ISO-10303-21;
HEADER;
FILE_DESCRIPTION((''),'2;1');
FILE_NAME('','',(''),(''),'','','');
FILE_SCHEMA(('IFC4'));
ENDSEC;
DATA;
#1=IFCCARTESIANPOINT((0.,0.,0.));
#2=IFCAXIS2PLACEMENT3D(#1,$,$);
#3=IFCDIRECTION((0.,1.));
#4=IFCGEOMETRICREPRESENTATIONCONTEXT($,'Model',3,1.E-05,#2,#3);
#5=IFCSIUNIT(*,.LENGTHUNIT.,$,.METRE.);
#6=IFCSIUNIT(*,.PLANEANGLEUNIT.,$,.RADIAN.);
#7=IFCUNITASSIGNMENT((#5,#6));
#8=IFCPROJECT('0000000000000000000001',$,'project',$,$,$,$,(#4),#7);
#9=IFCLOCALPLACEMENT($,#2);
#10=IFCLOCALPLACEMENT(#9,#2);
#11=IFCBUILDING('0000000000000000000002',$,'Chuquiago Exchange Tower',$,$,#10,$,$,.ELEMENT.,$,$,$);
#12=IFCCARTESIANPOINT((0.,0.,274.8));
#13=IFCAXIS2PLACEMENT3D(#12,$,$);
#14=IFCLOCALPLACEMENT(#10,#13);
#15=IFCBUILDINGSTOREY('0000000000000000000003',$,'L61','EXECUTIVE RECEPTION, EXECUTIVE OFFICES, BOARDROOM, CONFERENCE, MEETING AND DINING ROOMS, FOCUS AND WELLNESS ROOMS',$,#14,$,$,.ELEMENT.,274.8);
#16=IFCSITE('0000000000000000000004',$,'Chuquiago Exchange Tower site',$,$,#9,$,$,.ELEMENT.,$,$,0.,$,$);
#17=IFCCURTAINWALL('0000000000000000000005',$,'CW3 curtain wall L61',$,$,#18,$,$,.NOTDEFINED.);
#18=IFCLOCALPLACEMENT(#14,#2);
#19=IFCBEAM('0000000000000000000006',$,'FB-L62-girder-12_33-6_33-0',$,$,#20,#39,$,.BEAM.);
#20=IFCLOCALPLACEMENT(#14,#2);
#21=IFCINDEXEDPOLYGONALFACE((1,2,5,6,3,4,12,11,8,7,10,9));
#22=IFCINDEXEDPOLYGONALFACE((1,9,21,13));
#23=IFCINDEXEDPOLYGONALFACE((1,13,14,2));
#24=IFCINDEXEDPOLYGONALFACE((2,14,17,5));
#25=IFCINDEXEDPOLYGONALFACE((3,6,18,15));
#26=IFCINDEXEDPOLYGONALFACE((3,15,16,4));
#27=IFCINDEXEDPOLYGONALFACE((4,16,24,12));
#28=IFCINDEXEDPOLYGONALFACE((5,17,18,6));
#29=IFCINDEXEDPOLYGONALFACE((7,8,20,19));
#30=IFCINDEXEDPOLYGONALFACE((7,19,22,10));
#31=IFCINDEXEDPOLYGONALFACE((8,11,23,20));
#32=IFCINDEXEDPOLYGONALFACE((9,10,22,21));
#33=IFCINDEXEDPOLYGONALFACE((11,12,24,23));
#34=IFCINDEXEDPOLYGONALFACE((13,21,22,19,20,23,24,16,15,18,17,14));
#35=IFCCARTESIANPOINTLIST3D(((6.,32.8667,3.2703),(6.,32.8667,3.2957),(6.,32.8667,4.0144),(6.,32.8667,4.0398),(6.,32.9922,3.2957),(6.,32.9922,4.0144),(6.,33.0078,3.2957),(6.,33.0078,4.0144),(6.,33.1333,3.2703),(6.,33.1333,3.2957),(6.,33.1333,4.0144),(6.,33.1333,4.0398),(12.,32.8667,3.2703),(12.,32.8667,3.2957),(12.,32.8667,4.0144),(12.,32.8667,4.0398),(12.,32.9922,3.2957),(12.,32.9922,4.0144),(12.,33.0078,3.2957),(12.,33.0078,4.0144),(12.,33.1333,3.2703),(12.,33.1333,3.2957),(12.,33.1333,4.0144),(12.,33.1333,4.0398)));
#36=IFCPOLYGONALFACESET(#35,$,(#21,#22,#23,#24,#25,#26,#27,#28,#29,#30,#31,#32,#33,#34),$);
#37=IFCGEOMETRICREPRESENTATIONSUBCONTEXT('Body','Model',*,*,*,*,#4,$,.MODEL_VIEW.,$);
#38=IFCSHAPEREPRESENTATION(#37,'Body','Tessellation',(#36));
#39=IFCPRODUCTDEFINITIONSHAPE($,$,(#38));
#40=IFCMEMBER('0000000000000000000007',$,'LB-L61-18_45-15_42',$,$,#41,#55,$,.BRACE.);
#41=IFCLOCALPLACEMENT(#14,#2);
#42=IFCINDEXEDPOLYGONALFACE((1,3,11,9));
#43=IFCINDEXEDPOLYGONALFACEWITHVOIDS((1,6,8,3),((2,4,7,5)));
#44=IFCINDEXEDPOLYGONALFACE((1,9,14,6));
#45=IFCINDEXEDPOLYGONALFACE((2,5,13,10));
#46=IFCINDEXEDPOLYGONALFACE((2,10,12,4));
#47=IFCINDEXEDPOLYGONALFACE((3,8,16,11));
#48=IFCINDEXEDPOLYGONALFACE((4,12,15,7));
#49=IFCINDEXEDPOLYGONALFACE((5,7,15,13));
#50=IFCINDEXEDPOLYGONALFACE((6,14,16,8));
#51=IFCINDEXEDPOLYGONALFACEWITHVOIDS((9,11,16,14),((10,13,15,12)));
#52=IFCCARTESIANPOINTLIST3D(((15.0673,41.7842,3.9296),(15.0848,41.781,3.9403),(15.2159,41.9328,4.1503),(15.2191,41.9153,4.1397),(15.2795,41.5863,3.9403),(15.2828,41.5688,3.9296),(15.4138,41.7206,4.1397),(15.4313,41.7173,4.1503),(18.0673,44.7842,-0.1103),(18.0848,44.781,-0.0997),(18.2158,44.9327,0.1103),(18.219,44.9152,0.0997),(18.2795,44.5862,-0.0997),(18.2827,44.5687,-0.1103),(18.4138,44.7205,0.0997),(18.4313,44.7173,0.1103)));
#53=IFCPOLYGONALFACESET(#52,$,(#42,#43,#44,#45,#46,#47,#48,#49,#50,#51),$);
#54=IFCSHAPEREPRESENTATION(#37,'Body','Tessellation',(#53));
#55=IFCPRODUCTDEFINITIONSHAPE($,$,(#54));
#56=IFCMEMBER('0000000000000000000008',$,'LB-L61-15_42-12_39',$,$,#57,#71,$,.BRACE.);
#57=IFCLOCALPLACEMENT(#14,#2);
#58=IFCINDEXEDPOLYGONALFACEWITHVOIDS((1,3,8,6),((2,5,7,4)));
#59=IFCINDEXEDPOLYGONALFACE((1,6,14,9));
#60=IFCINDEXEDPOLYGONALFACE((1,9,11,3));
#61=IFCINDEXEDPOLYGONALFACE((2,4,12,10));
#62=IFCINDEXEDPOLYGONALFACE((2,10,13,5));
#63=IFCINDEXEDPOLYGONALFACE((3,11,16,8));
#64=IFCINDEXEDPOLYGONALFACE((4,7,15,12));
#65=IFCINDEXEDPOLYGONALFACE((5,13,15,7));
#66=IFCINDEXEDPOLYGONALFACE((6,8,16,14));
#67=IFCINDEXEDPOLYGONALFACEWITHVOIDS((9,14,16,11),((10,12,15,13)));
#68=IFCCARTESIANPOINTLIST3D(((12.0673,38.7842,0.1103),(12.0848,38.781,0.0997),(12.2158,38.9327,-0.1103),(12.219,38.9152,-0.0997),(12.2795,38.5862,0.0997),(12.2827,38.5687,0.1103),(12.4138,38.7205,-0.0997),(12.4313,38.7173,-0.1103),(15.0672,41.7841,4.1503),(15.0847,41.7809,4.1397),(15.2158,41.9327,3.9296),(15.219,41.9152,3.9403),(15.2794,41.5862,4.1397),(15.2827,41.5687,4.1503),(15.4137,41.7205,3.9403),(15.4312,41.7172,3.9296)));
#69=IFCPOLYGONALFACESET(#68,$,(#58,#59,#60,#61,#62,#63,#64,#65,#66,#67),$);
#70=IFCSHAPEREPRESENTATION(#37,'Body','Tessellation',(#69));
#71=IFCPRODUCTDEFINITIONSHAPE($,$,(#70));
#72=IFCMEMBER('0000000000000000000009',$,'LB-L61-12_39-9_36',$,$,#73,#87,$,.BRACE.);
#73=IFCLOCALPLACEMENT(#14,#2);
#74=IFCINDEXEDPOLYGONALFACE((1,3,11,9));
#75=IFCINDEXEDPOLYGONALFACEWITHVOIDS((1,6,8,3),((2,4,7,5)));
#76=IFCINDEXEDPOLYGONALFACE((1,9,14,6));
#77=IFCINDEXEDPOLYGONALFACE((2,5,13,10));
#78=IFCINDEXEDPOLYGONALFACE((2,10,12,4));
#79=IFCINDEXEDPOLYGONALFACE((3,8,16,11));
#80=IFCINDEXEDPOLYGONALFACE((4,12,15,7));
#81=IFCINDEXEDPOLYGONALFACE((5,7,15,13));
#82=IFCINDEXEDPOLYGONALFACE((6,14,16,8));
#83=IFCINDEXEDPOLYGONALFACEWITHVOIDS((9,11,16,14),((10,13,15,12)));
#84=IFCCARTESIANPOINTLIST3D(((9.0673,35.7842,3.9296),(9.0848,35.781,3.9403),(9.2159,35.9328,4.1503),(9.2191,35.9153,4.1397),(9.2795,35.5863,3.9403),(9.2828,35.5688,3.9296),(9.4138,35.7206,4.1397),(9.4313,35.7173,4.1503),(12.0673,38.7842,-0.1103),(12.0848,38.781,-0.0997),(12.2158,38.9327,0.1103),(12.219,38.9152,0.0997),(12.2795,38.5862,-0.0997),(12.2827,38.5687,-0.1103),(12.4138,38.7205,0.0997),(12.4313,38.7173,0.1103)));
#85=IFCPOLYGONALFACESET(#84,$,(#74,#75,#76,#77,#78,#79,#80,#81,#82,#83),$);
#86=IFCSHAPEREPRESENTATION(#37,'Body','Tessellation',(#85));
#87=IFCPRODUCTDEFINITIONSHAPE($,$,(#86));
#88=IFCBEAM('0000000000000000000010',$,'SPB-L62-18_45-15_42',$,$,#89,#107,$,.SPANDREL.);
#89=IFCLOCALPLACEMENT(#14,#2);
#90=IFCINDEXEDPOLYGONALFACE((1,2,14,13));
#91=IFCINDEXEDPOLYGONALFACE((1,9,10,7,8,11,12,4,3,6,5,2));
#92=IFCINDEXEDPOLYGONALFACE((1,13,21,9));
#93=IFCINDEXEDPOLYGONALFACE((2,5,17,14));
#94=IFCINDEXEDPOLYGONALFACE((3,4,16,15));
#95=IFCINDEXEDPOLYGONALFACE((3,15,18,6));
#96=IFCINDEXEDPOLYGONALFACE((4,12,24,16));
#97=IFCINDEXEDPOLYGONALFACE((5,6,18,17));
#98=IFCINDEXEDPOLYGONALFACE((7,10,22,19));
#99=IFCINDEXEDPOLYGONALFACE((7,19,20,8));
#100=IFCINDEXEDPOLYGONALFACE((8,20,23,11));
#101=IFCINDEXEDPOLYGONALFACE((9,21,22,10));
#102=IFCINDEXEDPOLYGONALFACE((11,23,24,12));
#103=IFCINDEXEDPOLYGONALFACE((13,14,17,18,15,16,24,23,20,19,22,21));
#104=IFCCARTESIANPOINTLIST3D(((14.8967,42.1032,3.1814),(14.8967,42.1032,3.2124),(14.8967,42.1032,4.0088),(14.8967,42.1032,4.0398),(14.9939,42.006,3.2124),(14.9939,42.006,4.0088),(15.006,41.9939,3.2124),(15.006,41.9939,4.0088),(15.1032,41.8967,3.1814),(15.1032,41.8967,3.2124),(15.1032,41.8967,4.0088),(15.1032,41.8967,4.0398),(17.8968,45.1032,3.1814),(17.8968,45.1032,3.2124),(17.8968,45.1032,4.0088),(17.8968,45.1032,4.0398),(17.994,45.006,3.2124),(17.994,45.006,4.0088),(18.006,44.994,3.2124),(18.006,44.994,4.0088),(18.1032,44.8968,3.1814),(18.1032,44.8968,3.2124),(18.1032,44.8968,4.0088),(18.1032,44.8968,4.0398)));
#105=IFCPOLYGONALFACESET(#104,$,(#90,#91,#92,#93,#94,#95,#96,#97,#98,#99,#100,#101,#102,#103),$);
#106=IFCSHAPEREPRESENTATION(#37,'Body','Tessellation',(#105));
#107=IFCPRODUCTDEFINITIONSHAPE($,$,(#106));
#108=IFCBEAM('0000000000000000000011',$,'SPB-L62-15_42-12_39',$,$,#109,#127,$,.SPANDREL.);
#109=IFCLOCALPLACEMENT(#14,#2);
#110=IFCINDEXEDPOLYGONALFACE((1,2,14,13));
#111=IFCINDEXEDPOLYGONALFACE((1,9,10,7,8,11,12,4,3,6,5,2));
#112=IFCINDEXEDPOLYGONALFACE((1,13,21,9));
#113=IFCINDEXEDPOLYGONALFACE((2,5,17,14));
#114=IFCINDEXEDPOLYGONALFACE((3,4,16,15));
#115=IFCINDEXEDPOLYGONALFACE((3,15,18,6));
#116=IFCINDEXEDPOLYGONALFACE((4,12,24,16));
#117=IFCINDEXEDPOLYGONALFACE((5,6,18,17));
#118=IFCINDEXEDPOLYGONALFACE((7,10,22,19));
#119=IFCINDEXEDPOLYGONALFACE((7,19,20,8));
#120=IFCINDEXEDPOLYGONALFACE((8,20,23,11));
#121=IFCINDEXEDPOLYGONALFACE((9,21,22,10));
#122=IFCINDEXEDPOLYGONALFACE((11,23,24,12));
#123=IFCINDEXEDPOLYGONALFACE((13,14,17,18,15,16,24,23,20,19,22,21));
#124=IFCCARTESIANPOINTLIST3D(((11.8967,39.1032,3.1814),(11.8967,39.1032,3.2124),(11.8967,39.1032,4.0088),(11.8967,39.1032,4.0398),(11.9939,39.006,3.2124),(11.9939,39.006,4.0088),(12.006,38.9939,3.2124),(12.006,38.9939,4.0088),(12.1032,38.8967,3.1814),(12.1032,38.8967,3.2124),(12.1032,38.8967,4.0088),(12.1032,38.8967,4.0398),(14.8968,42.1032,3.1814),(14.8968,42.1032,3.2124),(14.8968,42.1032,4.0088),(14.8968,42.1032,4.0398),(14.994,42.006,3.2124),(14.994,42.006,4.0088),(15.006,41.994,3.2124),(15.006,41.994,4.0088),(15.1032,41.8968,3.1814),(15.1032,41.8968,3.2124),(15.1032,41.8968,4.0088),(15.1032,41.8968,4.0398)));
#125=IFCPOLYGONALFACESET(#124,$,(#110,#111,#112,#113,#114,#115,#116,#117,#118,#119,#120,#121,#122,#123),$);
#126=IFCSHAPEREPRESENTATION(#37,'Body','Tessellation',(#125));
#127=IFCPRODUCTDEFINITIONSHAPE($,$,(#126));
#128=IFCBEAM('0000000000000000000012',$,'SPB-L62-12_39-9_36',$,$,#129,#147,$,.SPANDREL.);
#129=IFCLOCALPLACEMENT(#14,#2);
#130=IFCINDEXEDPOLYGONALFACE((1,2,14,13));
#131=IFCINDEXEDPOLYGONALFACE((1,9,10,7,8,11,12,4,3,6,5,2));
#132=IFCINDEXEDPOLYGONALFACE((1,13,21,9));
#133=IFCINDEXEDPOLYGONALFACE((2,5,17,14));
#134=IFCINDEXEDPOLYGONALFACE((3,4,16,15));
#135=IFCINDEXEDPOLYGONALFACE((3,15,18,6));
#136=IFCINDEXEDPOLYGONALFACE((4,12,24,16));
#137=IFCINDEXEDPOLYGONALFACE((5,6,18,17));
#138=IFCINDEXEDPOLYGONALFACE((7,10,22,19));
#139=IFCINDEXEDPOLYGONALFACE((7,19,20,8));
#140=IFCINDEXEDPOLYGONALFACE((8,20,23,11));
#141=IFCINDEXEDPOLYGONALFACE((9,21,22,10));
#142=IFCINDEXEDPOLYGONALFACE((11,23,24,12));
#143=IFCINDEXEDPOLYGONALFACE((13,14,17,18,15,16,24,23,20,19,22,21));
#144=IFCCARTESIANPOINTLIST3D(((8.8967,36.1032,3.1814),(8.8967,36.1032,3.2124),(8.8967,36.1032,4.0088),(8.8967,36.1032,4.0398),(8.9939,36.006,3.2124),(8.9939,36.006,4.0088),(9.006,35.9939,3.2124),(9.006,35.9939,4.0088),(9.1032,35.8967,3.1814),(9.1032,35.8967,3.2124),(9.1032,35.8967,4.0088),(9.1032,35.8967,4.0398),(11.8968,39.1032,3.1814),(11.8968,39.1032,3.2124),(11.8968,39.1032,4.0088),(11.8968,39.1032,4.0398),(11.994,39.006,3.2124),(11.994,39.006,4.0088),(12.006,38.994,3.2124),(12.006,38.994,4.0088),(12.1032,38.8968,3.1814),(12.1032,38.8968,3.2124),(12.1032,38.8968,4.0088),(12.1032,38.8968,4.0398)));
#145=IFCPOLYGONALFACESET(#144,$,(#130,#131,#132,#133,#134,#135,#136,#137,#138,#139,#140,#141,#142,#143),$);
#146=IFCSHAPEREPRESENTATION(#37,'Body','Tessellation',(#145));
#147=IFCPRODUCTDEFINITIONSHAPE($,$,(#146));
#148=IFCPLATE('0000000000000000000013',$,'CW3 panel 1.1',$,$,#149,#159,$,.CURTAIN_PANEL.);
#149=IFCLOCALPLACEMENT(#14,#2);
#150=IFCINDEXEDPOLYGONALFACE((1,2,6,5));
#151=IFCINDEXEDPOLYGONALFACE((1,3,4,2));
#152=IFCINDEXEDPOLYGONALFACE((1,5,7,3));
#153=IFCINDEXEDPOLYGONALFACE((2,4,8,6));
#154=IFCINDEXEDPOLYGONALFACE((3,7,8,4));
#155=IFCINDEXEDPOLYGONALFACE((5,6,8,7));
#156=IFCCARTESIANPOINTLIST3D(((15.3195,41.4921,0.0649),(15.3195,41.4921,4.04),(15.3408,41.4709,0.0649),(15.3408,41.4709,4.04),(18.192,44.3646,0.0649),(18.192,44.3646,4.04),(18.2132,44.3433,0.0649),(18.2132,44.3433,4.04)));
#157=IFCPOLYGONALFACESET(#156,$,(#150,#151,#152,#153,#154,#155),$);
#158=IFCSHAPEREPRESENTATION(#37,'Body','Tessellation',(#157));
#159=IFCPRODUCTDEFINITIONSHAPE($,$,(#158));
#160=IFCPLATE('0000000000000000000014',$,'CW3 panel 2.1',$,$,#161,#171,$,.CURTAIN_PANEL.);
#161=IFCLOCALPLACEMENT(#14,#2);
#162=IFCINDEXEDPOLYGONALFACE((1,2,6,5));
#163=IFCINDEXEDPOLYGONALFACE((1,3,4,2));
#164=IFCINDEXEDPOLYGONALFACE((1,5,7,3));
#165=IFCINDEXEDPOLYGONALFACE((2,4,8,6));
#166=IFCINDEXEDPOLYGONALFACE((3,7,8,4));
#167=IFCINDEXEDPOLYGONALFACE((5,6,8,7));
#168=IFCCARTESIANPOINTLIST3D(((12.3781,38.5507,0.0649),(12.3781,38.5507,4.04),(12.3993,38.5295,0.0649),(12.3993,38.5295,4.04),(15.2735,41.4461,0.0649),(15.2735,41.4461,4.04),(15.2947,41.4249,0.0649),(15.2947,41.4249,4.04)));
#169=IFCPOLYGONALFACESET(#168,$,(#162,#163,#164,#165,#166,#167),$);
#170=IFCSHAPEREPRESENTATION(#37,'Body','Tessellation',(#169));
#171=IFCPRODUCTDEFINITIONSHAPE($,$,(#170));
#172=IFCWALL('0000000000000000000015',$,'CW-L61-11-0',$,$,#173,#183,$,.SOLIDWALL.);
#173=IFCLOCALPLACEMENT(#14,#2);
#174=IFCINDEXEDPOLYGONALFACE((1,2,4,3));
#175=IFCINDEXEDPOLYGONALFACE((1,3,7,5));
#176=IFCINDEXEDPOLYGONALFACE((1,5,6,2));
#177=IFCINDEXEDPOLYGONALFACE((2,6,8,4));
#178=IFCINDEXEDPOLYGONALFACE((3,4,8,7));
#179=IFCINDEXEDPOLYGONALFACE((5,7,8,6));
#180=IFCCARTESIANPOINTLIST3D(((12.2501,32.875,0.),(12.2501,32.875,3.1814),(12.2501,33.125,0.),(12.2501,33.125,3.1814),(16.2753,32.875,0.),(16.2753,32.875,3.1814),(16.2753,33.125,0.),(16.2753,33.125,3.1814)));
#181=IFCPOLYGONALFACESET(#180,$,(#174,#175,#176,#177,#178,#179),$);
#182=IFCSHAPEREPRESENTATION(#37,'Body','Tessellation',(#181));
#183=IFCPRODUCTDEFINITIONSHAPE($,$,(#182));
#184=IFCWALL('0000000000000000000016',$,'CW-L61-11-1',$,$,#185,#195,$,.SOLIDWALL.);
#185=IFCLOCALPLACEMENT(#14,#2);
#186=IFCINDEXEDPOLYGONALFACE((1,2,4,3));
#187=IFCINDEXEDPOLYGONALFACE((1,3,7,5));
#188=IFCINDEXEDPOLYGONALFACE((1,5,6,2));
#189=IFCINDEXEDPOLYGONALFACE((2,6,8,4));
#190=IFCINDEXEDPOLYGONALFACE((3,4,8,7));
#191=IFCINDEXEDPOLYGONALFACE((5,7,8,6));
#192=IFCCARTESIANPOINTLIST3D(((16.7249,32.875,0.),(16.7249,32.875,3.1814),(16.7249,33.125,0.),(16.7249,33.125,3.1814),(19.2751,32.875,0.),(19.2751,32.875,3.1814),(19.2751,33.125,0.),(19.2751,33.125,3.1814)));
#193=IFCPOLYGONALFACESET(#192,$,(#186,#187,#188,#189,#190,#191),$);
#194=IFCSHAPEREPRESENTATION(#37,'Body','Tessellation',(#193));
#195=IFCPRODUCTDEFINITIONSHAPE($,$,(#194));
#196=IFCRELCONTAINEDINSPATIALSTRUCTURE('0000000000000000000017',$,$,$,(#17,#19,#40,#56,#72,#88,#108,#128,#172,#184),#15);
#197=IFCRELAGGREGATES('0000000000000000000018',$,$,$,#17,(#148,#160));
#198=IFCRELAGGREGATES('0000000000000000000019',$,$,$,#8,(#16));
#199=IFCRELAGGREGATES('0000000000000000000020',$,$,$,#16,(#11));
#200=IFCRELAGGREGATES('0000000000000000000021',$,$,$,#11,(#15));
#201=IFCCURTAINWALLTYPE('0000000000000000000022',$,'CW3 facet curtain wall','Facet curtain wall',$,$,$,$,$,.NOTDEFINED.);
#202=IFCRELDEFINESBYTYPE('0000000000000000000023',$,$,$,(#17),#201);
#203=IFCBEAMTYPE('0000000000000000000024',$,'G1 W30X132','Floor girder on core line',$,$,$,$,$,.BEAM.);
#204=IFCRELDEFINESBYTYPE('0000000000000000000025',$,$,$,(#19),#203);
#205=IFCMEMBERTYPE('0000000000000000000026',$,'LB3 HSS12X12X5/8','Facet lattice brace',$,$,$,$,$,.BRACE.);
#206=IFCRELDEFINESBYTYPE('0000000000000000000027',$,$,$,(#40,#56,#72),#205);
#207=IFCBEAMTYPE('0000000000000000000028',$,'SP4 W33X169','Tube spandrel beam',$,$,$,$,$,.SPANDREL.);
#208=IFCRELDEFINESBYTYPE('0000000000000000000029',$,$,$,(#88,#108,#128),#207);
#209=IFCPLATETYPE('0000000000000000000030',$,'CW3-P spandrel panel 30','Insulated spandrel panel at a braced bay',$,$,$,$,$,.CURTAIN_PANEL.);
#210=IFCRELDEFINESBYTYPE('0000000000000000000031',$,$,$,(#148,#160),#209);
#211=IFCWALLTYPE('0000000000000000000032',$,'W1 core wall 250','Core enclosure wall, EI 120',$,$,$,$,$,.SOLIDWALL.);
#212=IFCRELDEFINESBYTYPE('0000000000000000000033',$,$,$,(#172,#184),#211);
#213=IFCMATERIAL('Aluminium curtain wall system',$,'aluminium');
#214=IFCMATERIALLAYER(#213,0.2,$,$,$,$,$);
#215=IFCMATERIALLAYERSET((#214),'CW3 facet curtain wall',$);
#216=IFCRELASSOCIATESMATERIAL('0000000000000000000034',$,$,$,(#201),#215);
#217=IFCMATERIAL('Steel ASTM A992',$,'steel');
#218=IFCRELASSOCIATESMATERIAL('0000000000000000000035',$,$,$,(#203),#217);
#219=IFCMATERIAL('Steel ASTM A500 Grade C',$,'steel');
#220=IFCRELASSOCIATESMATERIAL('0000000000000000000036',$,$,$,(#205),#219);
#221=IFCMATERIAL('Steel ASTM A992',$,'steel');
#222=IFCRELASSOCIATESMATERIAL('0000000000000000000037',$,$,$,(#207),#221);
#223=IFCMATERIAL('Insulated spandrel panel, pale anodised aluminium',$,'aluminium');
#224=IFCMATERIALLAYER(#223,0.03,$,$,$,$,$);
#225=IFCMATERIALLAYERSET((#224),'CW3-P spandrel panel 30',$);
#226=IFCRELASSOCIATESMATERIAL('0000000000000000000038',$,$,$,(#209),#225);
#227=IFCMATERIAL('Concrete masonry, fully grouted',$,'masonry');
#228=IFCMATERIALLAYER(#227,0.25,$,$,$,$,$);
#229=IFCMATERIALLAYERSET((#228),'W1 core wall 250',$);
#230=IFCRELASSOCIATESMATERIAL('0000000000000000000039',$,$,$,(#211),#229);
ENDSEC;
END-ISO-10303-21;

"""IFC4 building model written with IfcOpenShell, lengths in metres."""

from ifc_helpers import new_model, si_unit, direction, frame, frame_2d, origin, origin_2d, place, context, subcontext, project, spatial, rectangle, hollow_rectangle, i_section, extrude, material, layer, layer_set, material_profile, profile_set, type_object, element, aggregate, save


model = new_model("IFC4")

# Units and contexts
model_context = context("Model", 3, precision=1e-05, world=origin(), true_north=direction((0.0, 1.0)))
body_context = subcontext(model_context, "Body", "Model", "MODEL_VIEW")
ifc_project = project(units=[si_unit("LENGTHUNIT", "METRE"), si_unit("PLANEANGLEUNIT", "RADIAN")], contexts=[model_context])

# Site, building, storey
site_placement = place(None, origin())
site = spatial("IfcSite", under=ifc_project, at=site_placement, Name="Chuquiago Exchange Tower site", CompositionType="ELEMENT", RefElevation=0.0)
building_placement = place(site_placement, origin())
building = spatial("IfcBuilding", under=site, at=building_placement, Name="Chuquiago Exchange Tower", CompositionType="ELEMENT")
storey_placement = place(building_placement, frame((0.0, 0.0, 274.8)))
storey = spatial("IfcBuildingStorey", under=building, at=storey_placement, Name="L61", Description="EXECUTIVE RECEPTION, EXECUTIVE OFFICES, BOARDROOM, CONFERENCE, MEETING AND DINING ROOMS, FOCUS AND WELLNESS ROOMS", CompositionType="ELEMENT", Elevation=274.8)

# Curtain wall
ifc_material_1 = material(Name="Aluminium curtain wall system", Category="aluminium")
ifc_layer_1 = layer(ifc_material_1, 0.2)
ifc_layer_set_1 = layer_set([ifc_layer_1], Name="CW3 facet curtain wall")
curtain_wall_type = type_object("IfcCurtainWallType", Name="CW3 facet curtain wall", Description="Facet curtain wall", PredefinedType="NOTDEFINED", material=ifc_layer_set_1)
curtain_wall_placement = place(storey_placement, origin())
curtain_wall = element("IfcCurtainWall", 1, at=curtain_wall_placement, inside=storey, type_object=curtain_wall_type, Name="CW3 curtain wall L61", PredefinedType="NOTDEFINED")

# Beam
ifc_material_2 = material(Name="Steel ASTM A992", Category="steel")
ifc_material_profile_1 = material_profile(ifc_material_2, i_section(OverallWidth=0.2666, OverallDepth=0.7695, WebThickness=0.0156, FlangeThickness=0.0254, at=origin_2d()), Name="W30X132")
ifc_profile_set_1 = profile_set([ifc_material_profile_1], Name="Steel ASTM A992")
beam_type_1 = type_object("IfcBeamType", Name="G1 W30X132", Description="Floor girder on core line", PredefinedType="BEAM", material=ifc_profile_set_1)
for number, where, z_axis, x_axis, name in (
    (2, (12.0, 33.0, 3.655), (-1.0, 0.0, 0.0), (0.0, -1.0, 0.0), "FB-L62-girder-12_33-6_33-0"),
):
    element("IfcBeam", number, at=place(storey_placement, frame(where, z_axis=z_axis, x_axis=x_axis)), inside=storey, type_object=beam_type_1, Name=name, PredefinedType="BEAM", context=body_context, shape_type="SweptSolid", body=[
        extrude(i_section(OverallWidth=0.2666, OverallDepth=0.7695, WebThickness=0.0156, FlangeThickness=0.0254, at=origin_2d()), origin(), (0.0, 0.0, 1.0), 6.0),
    ])

# Members
ifc_material_3 = material(Name="Steel ASTM A500 Grade C", Category="steel")
ifc_material_profile_2 = material_profile(ifc_material_3, hollow_rectangle(XDim=0.3047, YDim=0.3047, WallThickness=0.0146, at=origin_2d()), Name="HSS12X12X5/8")
ifc_profile_set_2 = profile_set([ifc_material_profile_2], Name="Steel ASTM A500 Grade C")
member_type_1 = type_object("IfcMemberType", Name="LB3 HSS12X12X5/8", Description="Facet lattice brace", PredefinedType="BRACE", material=ifc_profile_set_2)
for number, where, z_axis, x_axis, name in (
    (3, (18.2493, 44.7507, 0.0), (-0.512077, -0.512077, 0.689604), (0.707107, -0.707107, 0.0), "LB-L61-18_45-15_42"),
    (4, (12.2493, 38.7507, 0.0), (0.512077, 0.512077, 0.689604), (-0.707107, 0.707107, 0.0), "LB-L61-15_42-12_39"),
    (5, (12.2493, 38.7507, 0.0), (-0.512077, -0.512077, 0.689604), (0.707107, -0.707107, 0.0), "LB-L61-12_39-9_36"),
):
    element("IfcMember", number, at=place(storey_placement, frame(where, z_axis=z_axis, x_axis=x_axis)), inside=storey, type_object=member_type_1, Name=name, PredefinedType="BRACE", context=body_context, shape_type="SweptSolid", body=[
        extrude(hollow_rectangle(XDim=0.3047, YDim=0.3047, WallThickness=0.0146, at=origin_2d()), origin(), (0.0, 0.0, 1.0), 5.8584),
    ])

# Beams
ifc_material_4 = material(Name="Steel ASTM A992", Category="steel")
ifc_material_profile_3 = material_profile(ifc_material_4, i_section(OverallWidth=0.292, OverallDepth=0.8584, WebThickness=0.0171, FlangeThickness=0.031, at=origin_2d()), Name="W33X169")
ifc_profile_set_3 = profile_set([ifc_material_profile_3], Name="Steel ASTM A992")
beam_type_2 = type_object("IfcBeamType", Name="SP4 W33X169", Description="Tube spandrel beam", PredefinedType="SPANDREL", material=ifc_profile_set_3)
for number, where, z_axis, x_axis, name in (
    (6, (18.0, 45.0, 3.6106), (-0.707107, -0.707107, 0.0), (0.707107, -0.707107, 0.0), "SPB-L62-18_45-15_42"),
    (7, (15.0, 42.0, 3.6106), (-0.707107, -0.707107, 0.0), (0.707107, -0.707107, 0.0), "SPB-L62-15_42-12_39"),
    (8, (12.0, 39.0, 3.6106), (-0.707107, -0.707107, 0.0), (0.707107, -0.707107, 0.0), "SPB-L62-12_39-9_36"),
):
    element("IfcBeam", number, at=place(storey_placement, frame(where, z_axis=z_axis, x_axis=x_axis)), inside=storey, type_object=beam_type_2, Name=name, PredefinedType="SPANDREL", context=body_context, shape_type="SweptSolid", body=[
        extrude(i_section(OverallWidth=0.292, OverallDepth=0.8584, WebThickness=0.0171, FlangeThickness=0.031, at=origin_2d()), origin(), (0.0, 0.0, 1.0), 4.2427),
    ])

# Plates
ifc_material_5 = material(Name="Insulated spandrel panel, pale anodised aluminium", Category="aluminium")
ifc_layer_2 = layer(ifc_material_5, 0.03)
ifc_layer_set_2 = layer_set([ifc_layer_2], Name="CW3-P spandrel panel 30")
plate_type = type_object("IfcPlateType", Name="CW3-P spandrel panel 30", Description="Insulated spandrel panel at a braced bay", PredefinedType="CURTAIN_PANEL", material=ifc_layer_set_2)
plate_1_placement = place(storey_placement, frame((16.7664, 42.9177, 0.0649), z_axis=(0.0, 0.0, 1.0), x_axis=(-0.707107, -0.707107, 0.0)))
plate_1 = element("IfcPlate", 9, at=plate_1_placement, type_object=plate_type, Name="CW3 panel 1.1", PredefinedType="CURTAIN_PANEL", context=body_context, shape_type="SweptSolid", body=[
    extrude(rectangle(XDim=4.0623, YDim=0.03, at=origin_2d()), origin(), (0.0, 0.0, 1.0), 3.9751),
])
plate_2_placement = place(storey_placement, frame((13.8364, 39.9878, 0.0649), z_axis=(0.0, 0.0, 1.0), x_axis=(-0.707107, -0.707107, 0.0)))
plate_2 = element("IfcPlate", 10, at=plate_2_placement, type_object=plate_type, Name="CW3 panel 2.1", PredefinedType="CURTAIN_PANEL", context=body_context, shape_type="SweptSolid", body=[
    extrude(rectangle(XDim=4.0947, YDim=0.03, at=origin_2d()), origin(), (0.0, 0.0, 1.0), 3.9751),
])
aggregate(curtain_wall, [plate_1, plate_2])

# Walls
ifc_material_6 = material(Name="Concrete masonry, fully grouted", Category="masonry")
ifc_layer_3 = layer(ifc_material_6, 0.25)
ifc_layer_set_3 = layer_set([ifc_layer_3], Name="W1 core wall 250")
wall_type_1 = type_object("IfcWallType", Name="W1 core wall 250", Description="Core enclosure wall, EI 120", PredefinedType="SOLIDWALL", material=ifc_layer_set_3)
wall_1_placement = place(storey_placement, frame((12.25, 33.0, 0.0), z_axis=(0.0, 0.0, 1.0), x_axis=(1.0, 0.0, 0.0)))
element("IfcWall", 11, at=wall_1_placement, inside=storey, type_object=wall_type_1, Name="CW-L61-11-0", PredefinedType="SOLIDWALL", context=body_context, shape_type="SweptSolid", body=[
    extrude(rectangle(XDim=4.0251, YDim=0.25, at=frame_2d((2.0127, 0.0))), origin(), (0.0, 0.0, 1.0), 3.1814),
])
wall_2_placement = place(storey_placement, frame((16.7249, 33.0, 0.0), z_axis=(0.0, 0.0, 1.0), x_axis=(1.0, 0.0, 0.0)))
element("IfcWall", 12, at=wall_2_placement, inside=storey, type_object=wall_type_1, Name="CW-L61-11-1", PredefinedType="SOLIDWALL", context=body_context, shape_type="SweptSolid", body=[
    extrude(rectangle(XDim=2.5503, YDim=0.25, at=frame_2d((1.2751, 0.0))), origin(), (0.0, 0.0, 1.0), 3.1814),
])

save(model, "model.ifc")
